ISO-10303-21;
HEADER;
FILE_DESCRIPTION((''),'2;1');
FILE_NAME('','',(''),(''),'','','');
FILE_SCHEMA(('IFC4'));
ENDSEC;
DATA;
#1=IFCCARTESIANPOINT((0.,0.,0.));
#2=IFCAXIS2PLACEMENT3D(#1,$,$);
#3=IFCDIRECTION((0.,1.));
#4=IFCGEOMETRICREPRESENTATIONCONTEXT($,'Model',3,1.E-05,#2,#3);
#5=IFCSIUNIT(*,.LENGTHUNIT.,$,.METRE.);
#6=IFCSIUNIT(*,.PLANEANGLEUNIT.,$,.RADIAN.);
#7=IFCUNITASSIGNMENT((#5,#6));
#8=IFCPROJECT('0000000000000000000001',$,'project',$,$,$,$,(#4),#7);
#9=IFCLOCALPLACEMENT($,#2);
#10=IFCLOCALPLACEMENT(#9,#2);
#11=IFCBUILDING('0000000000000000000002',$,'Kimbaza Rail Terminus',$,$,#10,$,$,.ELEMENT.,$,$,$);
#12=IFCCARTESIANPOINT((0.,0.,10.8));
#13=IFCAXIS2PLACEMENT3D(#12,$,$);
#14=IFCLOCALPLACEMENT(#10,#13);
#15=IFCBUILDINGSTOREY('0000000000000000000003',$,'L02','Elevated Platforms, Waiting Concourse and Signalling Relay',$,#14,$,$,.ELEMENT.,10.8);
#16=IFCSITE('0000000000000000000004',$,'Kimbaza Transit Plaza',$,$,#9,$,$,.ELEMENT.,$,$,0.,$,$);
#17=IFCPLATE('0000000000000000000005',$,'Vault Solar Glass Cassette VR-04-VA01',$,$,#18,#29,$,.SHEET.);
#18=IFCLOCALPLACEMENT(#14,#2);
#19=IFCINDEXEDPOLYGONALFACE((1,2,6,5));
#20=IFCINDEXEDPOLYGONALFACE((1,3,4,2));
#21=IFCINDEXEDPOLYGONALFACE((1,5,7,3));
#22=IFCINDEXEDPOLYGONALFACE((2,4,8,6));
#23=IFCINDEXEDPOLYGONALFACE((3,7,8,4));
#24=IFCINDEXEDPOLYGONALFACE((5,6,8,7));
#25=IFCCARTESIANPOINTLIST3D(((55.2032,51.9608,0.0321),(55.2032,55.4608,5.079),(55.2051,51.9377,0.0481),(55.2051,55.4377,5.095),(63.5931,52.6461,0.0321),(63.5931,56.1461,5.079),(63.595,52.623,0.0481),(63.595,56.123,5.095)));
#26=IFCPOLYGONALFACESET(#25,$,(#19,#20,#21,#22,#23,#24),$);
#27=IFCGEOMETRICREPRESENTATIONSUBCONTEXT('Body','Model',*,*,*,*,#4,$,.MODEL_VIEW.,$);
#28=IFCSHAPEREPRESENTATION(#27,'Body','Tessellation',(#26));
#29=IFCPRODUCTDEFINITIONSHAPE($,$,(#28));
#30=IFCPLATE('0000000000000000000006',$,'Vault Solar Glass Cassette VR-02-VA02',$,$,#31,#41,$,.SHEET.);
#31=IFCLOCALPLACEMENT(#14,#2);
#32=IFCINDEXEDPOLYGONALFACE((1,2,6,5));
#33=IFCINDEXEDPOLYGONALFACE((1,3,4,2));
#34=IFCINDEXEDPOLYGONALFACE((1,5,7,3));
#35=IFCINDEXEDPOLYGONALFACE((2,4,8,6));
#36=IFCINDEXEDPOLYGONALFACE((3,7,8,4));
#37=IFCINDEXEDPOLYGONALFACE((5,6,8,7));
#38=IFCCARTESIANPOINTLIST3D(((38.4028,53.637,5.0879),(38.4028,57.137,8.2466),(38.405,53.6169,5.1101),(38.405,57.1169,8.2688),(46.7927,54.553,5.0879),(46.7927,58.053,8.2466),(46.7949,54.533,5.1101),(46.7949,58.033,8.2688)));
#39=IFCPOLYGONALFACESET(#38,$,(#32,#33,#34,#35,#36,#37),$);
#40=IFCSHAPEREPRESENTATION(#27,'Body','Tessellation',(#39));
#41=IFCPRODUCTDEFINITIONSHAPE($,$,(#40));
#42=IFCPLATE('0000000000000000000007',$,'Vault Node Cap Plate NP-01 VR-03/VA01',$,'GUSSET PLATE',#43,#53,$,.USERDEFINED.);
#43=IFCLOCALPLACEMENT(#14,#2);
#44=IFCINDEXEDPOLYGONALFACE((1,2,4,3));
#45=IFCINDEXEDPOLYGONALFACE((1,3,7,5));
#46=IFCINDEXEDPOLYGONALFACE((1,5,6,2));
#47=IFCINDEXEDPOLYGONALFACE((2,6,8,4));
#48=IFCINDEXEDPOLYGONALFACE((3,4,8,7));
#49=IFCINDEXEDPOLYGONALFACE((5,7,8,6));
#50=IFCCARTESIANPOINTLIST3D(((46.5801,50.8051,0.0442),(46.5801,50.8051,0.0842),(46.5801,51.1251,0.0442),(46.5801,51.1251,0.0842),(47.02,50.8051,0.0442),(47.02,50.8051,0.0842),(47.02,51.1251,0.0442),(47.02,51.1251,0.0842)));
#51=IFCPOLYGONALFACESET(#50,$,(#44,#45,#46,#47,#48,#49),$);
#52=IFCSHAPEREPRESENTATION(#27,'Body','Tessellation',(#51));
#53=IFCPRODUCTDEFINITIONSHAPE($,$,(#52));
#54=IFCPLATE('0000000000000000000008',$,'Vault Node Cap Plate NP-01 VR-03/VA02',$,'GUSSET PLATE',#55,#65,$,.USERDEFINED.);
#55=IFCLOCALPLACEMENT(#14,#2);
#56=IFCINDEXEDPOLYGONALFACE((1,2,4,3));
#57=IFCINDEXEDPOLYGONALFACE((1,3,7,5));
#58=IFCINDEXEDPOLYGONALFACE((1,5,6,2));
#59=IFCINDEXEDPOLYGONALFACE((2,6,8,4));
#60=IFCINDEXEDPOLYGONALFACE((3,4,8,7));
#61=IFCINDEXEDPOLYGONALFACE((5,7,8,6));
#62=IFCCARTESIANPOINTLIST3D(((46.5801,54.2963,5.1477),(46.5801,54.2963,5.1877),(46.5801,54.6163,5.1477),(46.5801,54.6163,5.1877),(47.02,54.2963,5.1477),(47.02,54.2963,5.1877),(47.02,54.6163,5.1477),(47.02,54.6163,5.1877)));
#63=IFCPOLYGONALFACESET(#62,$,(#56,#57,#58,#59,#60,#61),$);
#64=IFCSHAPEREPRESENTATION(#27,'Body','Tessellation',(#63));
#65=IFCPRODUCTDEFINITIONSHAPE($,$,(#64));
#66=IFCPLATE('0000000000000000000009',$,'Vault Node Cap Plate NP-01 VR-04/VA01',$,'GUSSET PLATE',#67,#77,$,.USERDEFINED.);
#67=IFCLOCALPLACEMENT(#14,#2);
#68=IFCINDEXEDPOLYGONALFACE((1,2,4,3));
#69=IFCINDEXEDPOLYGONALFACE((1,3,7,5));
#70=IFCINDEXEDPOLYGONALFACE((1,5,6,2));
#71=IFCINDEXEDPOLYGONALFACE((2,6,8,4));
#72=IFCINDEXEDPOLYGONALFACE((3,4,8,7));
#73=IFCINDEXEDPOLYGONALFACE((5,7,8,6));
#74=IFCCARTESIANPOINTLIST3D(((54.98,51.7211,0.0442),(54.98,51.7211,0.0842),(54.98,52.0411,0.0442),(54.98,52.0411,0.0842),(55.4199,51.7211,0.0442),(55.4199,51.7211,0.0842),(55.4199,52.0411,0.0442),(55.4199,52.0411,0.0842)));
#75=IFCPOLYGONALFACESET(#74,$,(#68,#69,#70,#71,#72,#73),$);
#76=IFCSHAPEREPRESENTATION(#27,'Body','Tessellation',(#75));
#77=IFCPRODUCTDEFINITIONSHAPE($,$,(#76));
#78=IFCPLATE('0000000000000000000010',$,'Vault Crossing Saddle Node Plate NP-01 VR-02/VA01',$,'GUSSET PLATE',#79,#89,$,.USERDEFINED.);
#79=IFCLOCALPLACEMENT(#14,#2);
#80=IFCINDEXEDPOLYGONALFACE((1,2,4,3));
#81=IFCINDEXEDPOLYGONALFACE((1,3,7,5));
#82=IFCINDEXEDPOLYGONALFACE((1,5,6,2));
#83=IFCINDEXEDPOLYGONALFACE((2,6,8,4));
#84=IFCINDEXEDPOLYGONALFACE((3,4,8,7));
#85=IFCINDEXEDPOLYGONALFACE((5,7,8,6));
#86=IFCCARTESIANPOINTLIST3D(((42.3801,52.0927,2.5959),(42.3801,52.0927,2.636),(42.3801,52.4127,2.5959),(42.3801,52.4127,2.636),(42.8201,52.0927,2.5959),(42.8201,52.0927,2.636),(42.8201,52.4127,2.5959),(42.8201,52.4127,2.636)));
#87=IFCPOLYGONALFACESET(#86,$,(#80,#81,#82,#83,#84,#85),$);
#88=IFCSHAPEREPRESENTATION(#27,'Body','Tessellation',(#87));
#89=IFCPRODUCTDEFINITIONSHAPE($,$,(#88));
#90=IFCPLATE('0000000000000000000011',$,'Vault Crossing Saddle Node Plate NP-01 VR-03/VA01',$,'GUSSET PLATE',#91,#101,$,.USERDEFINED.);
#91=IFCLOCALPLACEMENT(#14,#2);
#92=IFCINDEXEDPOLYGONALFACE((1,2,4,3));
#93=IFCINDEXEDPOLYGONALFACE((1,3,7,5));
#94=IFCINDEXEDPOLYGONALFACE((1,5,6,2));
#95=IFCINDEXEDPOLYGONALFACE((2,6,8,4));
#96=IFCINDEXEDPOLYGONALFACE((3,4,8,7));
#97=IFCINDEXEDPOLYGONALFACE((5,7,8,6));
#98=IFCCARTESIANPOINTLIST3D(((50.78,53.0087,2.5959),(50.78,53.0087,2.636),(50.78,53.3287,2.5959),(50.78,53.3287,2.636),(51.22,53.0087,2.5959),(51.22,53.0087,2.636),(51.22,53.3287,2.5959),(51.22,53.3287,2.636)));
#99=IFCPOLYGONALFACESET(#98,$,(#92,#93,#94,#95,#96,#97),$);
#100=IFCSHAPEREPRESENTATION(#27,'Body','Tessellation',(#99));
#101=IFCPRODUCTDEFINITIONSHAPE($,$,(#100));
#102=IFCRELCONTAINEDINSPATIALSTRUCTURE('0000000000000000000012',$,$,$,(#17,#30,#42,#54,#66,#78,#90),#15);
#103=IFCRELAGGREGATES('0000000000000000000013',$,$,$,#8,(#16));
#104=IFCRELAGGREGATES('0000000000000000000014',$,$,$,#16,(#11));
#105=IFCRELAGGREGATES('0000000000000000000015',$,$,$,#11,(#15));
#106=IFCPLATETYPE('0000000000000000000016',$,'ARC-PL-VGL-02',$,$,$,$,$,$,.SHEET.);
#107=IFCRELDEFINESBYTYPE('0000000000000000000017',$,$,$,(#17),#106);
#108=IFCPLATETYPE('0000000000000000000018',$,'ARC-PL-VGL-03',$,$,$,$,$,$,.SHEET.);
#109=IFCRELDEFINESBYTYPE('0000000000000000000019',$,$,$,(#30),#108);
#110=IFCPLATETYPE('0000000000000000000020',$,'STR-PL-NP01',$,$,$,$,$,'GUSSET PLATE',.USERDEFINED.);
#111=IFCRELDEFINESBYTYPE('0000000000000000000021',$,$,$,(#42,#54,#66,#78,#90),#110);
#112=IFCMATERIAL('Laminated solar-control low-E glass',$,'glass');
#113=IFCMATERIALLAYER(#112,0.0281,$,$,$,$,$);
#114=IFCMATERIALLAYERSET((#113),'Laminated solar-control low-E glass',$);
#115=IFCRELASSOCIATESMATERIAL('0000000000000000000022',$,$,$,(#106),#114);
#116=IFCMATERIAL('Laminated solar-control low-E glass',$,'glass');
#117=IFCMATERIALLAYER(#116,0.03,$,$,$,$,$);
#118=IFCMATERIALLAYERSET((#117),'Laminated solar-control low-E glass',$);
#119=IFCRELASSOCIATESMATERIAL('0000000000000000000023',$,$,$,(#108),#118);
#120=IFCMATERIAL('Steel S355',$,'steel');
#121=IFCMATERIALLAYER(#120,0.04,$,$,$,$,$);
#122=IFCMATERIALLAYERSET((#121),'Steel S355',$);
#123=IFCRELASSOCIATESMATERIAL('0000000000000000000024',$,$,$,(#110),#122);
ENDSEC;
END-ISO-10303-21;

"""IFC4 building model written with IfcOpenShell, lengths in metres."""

from ifc_helpers import new_model, si_unit, direction, frame, origin, origin_2d, place, context, subcontext, project, spatial, polyline, rectangle, outline, extrude, material, layer, layer_set, type_object, element, save


model = new_model("IFC4")

# Units and contexts
model_context = context("Model", 3, precision=1e-05, world=origin(), true_north=direction((0.0, 1.0)))
body_context = subcontext(model_context, "Body", "Model", "MODEL_VIEW")
ifc_project = project(units=[si_unit("LENGTHUNIT", "METRE"), si_unit("PLANEANGLEUNIT", "RADIAN")], contexts=[model_context])

# Site, building, storey
site_placement = place(None, origin())
site = spatial("IfcSite", under=ifc_project, at=site_placement, Name="Kimbaza Transit Plaza", CompositionType="ELEMENT", RefElevation=0.0)
building_placement = place(site_placement, origin())
building = spatial("IfcBuilding", under=site, at=building_placement, Name="Kimbaza Rail Terminus", CompositionType="ELEMENT")
storey_placement = place(building_placement, frame((0.0, 0.0, 10.8)))
storey = spatial("IfcBuildingStorey", under=building, at=storey_placement, Name="L02", Description="Elevated Platforms, Waiting Concourse and Signalling Relay", CompositionType="ELEMENT", Elevation=10.8)

# Plates
ifc_material_1 = material(Name="Laminated solar-control low-E glass", Category="glass")
ifc_layer_1 = layer(ifc_material_1, 0.0281)
ifc_layer_set_1 = layer_set([ifc_layer_1], Name="Laminated solar-control low-E glass")
plate_type_1 = type_object("IfcPlateType", Name="ARC-PL-VGL-02", PredefinedType="SHEET", material=ifc_layer_set_1)
plate_1_placement = place(storey_placement, frame((55.2051, 51.9377, 0.0481), z_axis=(0.06697, -0.819889, 0.568592), x_axis=(0.996681, 0.081411, 0.0)))
element("IfcPlate", 1, at=plate_1_placement, inside=storey, type_object=plate_type_1, Name="Vault Solar Glass Cassette VR-04-VA01", PredefinedType="SHEET", context=body_context, shape_type="SweptSolid", body=[
    extrude(outline(polyline([(0.0, 0.0), (8.4178, 0.0), (8.7028, 6.1351), (0.2849, 6.1351), (0.0, 0.0)])), origin(), (0.0, 0.0, -1.0), 0.0281),
])
ifc_material_2 = material(Name="Laminated solar-control low-E glass", Category="glass")
ifc_layer_2 = layer(ifc_material_2, 0.03)
ifc_layer_set_2 = layer_set([ifc_layer_2], Name="Laminated solar-control low-E glass")
plate_type_2 = type_object("IfcPlateType", Name="ARC-PL-VGL-03", PredefinedType="SHEET", material=ifc_layer_set_2)
plate_2_placement = place(storey_placement, frame((38.405, 53.6169, 5.1101), z_axis=(0.072954, -0.668197, 0.740399), x_axis=(0.994093, 0.108536, 0.0)))
element("IfcPlate", 2, at=plate_2_placement, inside=storey, type_object=plate_type_2, Name="Vault Solar Glass Cassette VR-02-VA02", PredefinedType="SHEET", context=body_context, shape_type="SweptSolid", body=[
    extrude(outline(polyline([(0.0, 0.0), (8.4398, 0.0), (8.8196, 4.6993), (0.3799, 4.6993), (0.0, 0.0)])), origin(), (0.0, 0.0, -1.0), 0.03),
])
ifc_material_3 = material(Name="Steel S355", Category="steel")
ifc_layer_3 = layer(ifc_material_3, 0.04)
ifc_layer_set_3 = layer_set([ifc_layer_3], Name="Steel S355")
plate_type_3 = type_object("IfcPlateType", Name="STR-PL-NP01", ElementType="GUSSET PLATE", PredefinedType="USERDEFINED", material=ifc_layer_set_3)
for number, where, z_axis, x_axis, name in (
    (3, (46.8, 50.9651, 0.0442), (0.0, 0.0, 1.0), (1.0, 0.0, 0.0), "Vault Node Cap Plate NP-01 VR-03/VA01"),
    (4, (46.8, 54.4563, 5.1477), (0.0, 0.0, 1.0), (1.0, 0.0, 0.0), "Vault Node Cap Plate NP-01 VR-03/VA02"),
    (5, (55.2, 51.8811, 0.0442), (0.0, 0.0, 1.0), (1.0, 0.0, 0.0), "Vault Node Cap Plate NP-01 VR-04/VA01"),
    (6, (42.6001, 52.2527, 2.5959), (0.0, 0.0, 1.0), (1.0, 0.0, 0.0), "Vault Crossing Saddle Node Plate NP-01 VR-02/VA01"),
    (7, (51.0, 53.1687, 2.5959), (0.0, 0.0, 1.0), (1.0, 0.0, 0.0), "Vault Crossing Saddle Node Plate NP-01 VR-03/VA01"),
):
    element("IfcPlate", number, at=place(storey_placement, frame(where, z_axis=z_axis, x_axis=x_axis)), inside=storey, type_object=plate_type_3, Name=name, ObjectType="GUSSET PLATE", PredefinedType="USERDEFINED", context=body_context, shape_type="SweptSolid", body=[
        extrude(rectangle(XDim=0.4399, YDim=0.3201, at=origin_2d()), origin(), (0.0, 0.0, 1.0), 0.04),
    ])

save(model, "model.ifc")
